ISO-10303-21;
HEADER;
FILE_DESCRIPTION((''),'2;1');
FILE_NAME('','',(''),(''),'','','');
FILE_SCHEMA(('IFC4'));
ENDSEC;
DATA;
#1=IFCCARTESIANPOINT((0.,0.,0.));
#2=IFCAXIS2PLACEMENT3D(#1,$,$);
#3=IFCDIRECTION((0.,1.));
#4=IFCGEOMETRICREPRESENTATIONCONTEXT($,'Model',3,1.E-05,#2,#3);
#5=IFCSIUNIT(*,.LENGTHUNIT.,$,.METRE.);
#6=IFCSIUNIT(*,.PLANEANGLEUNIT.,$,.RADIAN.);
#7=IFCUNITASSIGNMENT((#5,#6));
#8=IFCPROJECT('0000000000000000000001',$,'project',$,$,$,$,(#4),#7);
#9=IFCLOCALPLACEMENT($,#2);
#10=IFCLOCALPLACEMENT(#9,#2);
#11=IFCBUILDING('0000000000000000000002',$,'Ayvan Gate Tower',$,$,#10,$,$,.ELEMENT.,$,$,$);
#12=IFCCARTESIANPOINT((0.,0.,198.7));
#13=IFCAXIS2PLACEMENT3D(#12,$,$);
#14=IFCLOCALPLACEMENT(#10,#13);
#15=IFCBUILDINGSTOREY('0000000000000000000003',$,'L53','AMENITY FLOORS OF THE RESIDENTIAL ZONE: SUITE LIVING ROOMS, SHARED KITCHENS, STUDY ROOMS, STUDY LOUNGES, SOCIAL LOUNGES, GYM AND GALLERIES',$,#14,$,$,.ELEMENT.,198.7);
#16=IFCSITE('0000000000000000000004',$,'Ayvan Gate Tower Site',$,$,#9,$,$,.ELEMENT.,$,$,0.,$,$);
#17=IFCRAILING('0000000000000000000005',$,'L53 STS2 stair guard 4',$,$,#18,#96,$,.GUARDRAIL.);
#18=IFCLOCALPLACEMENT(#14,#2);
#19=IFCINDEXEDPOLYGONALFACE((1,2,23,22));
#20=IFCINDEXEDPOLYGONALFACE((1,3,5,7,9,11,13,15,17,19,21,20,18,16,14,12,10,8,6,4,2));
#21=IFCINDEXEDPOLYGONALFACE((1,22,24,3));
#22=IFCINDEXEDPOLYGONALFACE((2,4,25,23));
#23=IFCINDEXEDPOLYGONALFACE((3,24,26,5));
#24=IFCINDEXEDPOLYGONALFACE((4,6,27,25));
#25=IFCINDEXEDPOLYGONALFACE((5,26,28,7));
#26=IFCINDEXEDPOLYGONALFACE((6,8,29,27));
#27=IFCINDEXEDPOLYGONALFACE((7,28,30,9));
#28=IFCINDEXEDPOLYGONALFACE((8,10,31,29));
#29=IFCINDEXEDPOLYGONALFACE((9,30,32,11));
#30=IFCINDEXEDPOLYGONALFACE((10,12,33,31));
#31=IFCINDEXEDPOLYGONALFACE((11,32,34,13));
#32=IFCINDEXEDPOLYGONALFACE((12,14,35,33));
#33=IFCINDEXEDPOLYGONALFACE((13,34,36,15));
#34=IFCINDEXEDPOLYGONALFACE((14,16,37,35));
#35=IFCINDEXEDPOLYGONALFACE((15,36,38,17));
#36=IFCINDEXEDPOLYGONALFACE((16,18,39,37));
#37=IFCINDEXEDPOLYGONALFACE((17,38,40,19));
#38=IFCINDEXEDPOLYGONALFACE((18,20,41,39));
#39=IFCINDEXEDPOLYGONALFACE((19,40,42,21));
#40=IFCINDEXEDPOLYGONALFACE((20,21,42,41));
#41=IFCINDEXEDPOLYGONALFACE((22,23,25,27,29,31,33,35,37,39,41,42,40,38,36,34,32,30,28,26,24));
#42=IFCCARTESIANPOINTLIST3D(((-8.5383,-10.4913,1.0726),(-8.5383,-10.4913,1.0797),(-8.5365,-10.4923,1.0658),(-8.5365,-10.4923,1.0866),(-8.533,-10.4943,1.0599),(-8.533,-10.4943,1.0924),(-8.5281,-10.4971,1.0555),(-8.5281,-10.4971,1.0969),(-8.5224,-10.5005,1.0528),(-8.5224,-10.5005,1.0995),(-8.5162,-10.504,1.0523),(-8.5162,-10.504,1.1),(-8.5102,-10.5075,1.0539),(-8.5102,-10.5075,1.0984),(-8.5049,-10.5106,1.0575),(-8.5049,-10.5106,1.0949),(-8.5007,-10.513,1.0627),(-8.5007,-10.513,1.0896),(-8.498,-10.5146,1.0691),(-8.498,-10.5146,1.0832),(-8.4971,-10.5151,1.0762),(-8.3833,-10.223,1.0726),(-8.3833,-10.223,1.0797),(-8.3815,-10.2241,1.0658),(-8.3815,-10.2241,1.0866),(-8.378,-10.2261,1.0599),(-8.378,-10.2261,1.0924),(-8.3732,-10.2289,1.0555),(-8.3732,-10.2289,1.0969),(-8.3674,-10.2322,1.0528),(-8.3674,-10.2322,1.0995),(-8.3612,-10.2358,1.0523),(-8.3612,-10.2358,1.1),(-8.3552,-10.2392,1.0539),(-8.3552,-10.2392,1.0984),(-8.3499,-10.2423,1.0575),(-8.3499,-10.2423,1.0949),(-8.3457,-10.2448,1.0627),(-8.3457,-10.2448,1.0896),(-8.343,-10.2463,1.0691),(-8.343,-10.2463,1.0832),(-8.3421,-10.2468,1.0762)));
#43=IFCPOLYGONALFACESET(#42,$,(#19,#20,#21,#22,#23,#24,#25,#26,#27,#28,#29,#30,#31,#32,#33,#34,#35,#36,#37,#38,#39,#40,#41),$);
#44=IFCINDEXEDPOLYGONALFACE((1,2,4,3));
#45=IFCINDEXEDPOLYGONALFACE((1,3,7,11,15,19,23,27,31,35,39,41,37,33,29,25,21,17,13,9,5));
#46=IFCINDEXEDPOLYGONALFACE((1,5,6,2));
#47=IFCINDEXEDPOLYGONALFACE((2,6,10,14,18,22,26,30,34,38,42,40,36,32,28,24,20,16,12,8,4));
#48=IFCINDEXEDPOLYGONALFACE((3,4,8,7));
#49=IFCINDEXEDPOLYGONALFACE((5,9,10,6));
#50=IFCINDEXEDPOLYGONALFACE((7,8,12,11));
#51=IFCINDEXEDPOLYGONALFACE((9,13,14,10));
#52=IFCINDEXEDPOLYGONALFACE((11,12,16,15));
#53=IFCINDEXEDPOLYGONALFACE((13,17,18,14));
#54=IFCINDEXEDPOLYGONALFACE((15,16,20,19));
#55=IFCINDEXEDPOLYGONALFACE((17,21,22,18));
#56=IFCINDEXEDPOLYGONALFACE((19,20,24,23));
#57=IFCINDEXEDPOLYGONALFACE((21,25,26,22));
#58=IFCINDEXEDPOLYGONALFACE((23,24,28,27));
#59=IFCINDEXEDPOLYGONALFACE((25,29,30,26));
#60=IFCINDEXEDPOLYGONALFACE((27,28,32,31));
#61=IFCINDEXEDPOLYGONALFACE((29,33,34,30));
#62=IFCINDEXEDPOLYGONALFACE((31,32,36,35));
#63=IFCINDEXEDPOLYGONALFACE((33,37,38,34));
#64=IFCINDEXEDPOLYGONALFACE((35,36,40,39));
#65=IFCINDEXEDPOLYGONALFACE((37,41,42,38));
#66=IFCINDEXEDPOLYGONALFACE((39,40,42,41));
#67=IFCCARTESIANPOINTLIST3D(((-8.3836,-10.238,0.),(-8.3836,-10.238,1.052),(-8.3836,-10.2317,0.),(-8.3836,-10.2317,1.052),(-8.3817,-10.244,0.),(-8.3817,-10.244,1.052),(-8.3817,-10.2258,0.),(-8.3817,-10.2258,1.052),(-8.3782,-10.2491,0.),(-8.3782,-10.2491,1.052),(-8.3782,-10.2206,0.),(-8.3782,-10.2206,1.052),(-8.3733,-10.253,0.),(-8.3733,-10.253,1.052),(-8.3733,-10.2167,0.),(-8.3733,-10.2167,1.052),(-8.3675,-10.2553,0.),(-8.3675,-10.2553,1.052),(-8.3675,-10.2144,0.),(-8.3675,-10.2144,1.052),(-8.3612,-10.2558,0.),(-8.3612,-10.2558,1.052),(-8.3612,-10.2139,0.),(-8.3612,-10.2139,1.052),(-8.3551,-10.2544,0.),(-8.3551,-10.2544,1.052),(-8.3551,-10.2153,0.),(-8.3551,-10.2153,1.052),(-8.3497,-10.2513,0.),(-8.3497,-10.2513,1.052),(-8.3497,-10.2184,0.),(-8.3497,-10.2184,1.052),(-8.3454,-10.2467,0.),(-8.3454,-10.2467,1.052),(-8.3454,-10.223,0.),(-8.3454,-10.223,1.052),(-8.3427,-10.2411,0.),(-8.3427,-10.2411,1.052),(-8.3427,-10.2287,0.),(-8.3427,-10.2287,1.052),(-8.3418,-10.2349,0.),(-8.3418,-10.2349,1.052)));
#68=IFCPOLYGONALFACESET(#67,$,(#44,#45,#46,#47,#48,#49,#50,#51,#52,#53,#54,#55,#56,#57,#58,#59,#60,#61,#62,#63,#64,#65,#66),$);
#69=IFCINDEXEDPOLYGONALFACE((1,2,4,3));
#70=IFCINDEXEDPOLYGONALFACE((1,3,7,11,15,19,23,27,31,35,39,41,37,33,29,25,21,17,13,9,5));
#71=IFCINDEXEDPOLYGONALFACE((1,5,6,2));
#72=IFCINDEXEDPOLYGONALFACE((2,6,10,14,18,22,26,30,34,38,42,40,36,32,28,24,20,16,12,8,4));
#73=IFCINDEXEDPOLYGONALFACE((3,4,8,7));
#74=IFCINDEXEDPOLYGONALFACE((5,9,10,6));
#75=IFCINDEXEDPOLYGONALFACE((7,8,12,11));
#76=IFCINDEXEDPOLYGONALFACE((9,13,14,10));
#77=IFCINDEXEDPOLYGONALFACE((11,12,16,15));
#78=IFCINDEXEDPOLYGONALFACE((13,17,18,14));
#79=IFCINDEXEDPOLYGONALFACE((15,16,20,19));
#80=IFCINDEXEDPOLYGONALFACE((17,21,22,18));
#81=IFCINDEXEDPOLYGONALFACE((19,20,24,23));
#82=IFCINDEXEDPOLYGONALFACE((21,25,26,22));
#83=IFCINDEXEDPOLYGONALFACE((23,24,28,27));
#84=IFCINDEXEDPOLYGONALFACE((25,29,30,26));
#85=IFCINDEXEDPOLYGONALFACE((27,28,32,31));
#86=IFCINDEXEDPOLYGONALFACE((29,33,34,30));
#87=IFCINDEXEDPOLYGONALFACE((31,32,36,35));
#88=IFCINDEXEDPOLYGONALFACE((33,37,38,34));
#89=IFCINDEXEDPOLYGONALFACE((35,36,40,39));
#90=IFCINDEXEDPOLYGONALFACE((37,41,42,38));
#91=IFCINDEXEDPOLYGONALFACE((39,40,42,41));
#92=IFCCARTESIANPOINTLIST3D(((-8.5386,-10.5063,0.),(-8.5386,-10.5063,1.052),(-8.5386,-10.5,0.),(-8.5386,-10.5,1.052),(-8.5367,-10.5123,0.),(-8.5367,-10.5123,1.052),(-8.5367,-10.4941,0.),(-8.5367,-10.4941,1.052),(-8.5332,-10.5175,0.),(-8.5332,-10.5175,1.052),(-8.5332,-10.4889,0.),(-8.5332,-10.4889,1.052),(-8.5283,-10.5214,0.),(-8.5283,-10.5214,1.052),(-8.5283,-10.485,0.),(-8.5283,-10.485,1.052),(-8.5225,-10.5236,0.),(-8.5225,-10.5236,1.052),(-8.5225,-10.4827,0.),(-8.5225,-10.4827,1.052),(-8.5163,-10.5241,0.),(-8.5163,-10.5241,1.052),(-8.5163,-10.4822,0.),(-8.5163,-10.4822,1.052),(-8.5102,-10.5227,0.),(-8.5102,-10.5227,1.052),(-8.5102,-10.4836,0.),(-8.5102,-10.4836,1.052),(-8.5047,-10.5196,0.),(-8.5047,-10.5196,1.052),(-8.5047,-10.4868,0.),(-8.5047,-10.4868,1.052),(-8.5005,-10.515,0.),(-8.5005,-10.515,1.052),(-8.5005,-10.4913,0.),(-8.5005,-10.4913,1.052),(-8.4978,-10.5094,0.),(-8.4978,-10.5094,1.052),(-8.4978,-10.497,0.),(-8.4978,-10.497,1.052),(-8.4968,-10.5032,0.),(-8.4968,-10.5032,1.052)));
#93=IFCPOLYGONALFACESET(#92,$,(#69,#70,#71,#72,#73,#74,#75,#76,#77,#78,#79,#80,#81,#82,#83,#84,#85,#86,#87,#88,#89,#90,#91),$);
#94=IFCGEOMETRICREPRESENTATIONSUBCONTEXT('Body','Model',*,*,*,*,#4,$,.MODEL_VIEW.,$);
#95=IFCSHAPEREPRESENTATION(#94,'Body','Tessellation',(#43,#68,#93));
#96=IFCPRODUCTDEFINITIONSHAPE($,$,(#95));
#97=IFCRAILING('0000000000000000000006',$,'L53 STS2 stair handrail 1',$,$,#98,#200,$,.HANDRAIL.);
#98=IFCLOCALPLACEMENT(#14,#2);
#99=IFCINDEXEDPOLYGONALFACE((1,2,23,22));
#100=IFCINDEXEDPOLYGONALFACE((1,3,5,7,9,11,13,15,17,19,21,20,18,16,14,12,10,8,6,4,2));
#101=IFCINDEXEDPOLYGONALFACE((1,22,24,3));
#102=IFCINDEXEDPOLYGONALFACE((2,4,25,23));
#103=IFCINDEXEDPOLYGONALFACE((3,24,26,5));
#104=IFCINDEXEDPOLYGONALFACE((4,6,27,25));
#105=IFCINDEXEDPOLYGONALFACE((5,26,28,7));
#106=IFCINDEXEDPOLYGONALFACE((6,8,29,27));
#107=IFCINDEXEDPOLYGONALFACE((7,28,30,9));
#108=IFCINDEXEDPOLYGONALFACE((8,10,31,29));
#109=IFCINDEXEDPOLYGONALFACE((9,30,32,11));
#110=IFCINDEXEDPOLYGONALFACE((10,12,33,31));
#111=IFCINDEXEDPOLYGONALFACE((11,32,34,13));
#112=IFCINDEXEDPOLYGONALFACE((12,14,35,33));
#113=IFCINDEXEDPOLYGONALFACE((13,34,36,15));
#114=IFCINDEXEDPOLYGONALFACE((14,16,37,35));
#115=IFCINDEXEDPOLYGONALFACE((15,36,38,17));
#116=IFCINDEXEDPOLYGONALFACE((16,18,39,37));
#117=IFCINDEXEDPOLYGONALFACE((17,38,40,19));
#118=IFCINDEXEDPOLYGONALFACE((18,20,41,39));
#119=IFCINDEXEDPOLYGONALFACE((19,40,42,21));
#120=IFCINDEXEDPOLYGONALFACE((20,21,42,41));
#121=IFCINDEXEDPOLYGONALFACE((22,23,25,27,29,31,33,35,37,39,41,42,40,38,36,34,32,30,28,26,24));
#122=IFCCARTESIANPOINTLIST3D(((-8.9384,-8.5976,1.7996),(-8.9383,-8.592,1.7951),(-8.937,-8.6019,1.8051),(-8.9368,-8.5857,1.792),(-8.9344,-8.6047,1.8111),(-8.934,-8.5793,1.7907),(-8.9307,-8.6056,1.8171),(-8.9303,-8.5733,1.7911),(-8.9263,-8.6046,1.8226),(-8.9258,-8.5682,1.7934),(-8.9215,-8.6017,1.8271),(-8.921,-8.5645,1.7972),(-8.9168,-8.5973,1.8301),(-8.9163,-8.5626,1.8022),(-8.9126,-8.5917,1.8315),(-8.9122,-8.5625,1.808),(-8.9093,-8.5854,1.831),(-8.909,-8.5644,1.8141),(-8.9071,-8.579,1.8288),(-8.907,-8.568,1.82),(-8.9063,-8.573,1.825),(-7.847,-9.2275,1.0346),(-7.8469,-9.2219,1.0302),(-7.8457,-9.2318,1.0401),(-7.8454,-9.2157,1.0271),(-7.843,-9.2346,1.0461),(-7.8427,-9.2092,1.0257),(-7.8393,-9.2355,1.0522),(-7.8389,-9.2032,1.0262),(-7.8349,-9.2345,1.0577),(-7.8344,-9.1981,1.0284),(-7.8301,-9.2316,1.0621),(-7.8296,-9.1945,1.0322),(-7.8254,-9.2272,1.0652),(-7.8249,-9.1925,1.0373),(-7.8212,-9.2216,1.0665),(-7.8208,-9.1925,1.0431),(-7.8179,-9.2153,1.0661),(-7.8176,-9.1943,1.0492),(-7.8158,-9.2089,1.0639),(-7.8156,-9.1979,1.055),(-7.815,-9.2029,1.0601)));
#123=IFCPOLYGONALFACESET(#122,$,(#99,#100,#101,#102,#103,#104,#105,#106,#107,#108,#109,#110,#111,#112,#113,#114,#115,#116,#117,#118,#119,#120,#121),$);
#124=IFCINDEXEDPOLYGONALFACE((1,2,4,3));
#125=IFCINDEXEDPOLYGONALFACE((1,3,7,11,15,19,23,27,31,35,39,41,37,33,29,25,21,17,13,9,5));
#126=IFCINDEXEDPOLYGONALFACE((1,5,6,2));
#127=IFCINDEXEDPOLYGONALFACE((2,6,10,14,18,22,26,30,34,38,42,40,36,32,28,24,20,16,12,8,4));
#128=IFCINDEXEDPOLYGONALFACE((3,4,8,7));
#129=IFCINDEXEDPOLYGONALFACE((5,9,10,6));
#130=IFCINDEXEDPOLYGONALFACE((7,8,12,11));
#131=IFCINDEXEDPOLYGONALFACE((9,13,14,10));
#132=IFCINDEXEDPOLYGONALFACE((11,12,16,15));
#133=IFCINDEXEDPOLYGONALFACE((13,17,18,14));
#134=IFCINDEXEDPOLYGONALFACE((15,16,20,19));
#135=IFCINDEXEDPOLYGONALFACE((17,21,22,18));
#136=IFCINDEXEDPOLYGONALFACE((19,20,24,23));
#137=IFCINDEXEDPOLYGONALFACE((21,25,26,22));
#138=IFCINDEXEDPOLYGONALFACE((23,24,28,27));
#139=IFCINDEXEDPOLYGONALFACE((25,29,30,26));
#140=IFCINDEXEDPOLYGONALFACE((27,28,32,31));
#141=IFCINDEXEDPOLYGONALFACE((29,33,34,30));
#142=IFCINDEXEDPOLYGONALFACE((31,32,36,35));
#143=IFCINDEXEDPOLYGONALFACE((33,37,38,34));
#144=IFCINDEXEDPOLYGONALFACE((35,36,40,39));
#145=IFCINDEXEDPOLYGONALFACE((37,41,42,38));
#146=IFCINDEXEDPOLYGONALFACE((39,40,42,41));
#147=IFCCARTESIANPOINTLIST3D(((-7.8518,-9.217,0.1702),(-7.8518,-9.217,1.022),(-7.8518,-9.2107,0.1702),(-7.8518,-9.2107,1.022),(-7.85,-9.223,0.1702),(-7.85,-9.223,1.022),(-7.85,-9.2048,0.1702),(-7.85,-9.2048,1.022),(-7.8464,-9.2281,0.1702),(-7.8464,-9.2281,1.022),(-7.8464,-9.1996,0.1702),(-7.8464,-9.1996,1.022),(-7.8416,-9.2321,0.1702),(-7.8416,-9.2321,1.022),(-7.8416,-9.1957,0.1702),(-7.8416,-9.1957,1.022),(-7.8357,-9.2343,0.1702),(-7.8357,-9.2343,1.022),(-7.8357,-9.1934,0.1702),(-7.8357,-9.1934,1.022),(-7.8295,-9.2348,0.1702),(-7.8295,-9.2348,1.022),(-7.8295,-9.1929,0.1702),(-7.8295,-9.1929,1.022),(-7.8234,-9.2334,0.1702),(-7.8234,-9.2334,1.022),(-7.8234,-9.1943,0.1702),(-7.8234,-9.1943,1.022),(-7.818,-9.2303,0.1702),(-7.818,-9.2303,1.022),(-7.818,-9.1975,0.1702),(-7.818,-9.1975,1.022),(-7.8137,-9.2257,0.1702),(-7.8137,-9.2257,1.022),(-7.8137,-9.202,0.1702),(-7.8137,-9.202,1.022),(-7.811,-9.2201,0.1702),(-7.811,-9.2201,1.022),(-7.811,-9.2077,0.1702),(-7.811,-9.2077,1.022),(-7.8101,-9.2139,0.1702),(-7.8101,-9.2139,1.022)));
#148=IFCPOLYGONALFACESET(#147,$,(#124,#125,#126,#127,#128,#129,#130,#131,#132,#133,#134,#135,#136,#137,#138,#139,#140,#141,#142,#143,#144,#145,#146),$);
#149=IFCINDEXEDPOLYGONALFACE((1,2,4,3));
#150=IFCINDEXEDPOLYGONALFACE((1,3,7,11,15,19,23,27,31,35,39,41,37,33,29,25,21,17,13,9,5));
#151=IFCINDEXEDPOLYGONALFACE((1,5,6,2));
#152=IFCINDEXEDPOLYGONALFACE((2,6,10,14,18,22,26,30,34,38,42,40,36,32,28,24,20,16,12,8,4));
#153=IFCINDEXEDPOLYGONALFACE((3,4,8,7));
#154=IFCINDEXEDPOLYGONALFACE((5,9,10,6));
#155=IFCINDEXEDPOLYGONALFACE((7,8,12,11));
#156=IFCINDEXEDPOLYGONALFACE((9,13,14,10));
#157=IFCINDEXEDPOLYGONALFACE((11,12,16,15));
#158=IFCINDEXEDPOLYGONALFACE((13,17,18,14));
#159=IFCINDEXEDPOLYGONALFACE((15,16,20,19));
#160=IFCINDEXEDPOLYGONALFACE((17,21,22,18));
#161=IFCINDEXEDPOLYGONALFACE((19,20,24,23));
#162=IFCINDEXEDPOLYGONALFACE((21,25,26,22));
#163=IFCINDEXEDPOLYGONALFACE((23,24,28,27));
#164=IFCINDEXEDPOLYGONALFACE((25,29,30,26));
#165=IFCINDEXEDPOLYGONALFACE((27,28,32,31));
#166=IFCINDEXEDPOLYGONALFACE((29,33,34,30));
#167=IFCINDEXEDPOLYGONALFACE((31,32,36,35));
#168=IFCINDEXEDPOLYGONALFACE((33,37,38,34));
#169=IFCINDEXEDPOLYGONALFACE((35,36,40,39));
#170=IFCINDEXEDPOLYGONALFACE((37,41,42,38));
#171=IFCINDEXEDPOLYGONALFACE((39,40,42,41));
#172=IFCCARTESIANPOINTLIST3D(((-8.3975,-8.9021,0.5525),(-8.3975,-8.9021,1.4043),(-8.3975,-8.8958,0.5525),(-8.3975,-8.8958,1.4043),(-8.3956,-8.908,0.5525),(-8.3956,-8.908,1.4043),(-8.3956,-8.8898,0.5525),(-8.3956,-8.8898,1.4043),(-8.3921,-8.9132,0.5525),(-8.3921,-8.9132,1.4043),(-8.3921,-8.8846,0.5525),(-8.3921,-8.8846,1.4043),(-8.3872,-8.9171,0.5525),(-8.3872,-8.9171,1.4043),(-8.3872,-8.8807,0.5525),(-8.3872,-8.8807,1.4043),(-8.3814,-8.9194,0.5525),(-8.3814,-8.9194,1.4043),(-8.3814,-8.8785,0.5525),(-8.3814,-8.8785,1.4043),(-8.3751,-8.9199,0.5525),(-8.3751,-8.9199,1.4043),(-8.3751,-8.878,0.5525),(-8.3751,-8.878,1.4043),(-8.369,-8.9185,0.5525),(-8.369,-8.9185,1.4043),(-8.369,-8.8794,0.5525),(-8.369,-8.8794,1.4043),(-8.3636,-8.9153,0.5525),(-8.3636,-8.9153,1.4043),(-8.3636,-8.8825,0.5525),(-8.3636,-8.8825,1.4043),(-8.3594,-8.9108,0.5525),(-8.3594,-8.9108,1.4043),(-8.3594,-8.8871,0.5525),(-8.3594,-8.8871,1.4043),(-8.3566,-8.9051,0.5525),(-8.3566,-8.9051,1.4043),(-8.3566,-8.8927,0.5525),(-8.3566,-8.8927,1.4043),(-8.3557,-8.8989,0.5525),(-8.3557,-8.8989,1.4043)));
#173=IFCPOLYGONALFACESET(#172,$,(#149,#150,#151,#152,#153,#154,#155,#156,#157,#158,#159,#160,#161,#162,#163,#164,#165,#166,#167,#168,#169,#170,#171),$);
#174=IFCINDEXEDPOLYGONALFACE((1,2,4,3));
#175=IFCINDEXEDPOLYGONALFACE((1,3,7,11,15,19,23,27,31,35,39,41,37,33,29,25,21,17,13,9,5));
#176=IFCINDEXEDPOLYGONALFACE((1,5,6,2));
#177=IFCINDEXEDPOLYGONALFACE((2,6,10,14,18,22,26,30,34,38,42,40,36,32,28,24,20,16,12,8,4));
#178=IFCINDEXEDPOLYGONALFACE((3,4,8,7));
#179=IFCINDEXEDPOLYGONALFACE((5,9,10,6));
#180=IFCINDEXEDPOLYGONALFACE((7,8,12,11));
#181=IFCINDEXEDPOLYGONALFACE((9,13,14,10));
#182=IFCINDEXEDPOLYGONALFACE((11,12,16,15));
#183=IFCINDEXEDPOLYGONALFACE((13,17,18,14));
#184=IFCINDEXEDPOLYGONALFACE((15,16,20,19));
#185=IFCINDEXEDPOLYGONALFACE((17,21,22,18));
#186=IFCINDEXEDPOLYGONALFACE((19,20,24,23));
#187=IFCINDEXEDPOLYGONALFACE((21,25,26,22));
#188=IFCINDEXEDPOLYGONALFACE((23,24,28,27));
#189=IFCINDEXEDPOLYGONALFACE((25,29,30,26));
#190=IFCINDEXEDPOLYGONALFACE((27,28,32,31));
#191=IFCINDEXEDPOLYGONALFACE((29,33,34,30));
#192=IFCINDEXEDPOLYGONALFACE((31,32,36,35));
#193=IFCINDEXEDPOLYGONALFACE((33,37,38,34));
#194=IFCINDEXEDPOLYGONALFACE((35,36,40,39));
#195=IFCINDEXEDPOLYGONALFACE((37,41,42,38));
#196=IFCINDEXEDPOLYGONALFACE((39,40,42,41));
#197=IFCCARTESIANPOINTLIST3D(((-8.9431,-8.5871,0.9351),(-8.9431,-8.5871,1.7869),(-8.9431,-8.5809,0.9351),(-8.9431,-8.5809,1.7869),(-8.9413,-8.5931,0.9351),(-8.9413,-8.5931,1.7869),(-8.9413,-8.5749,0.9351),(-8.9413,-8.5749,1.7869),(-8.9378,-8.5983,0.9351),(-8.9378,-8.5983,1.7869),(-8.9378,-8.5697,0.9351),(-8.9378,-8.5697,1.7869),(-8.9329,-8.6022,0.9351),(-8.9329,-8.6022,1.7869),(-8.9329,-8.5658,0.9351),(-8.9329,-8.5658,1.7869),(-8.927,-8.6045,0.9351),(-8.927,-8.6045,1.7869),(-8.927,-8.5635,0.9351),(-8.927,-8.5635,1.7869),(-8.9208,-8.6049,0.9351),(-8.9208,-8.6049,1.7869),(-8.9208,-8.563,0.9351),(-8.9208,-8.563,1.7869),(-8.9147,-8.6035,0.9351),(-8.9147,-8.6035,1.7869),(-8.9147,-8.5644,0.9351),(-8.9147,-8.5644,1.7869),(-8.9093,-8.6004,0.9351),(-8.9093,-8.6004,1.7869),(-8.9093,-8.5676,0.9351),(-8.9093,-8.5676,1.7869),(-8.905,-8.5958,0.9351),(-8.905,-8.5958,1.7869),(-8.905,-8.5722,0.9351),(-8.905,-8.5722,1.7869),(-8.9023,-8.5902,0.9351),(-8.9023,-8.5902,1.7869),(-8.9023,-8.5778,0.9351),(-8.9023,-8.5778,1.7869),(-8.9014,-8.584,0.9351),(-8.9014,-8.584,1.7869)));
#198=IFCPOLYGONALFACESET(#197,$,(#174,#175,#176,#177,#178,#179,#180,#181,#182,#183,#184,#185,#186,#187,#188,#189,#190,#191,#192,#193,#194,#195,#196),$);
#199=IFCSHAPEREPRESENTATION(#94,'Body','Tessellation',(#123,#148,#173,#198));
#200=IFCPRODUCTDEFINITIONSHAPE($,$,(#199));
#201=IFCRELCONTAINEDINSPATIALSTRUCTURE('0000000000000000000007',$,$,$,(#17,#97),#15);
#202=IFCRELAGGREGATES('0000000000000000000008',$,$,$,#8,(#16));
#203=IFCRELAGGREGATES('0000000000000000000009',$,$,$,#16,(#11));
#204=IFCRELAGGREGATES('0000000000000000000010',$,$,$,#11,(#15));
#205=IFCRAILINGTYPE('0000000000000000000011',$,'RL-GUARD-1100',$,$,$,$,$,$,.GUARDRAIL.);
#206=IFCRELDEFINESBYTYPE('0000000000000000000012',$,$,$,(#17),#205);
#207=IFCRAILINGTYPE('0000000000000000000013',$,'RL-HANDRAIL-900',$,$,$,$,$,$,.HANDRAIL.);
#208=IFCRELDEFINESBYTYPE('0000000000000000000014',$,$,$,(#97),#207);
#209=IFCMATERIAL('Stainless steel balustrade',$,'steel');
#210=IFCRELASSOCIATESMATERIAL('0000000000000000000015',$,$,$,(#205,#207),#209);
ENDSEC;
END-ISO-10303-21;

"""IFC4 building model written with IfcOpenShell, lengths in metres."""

from ifc_helpers import new_model, si_unit, direction, frame, origin, origin_2d, place, context, subcontext, project, spatial, circle, extrude, material, type_object, element, save


model = new_model("IFC4")

# Units and contexts
model_context = context("Model", 3, precision=1e-05, world=origin(), true_north=direction((0.0, 1.0)))
body_context = subcontext(model_context, "Body", "Model", "MODEL_VIEW")
ifc_project = project(units=[si_unit("LENGTHUNIT", "METRE"), si_unit("PLANEANGLEUNIT", "RADIAN")], contexts=[model_context])

# Site, building, storey
site_placement = place(None, origin())
site = spatial("IfcSite", under=ifc_project, at=site_placement, Name="Ayvan Gate Tower Site", CompositionType="ELEMENT", RefElevation=0.0)
building_placement = place(site_placement, origin())
building = spatial("IfcBuilding", under=site, at=building_placement, Name="Ayvan Gate Tower", CompositionType="ELEMENT")
storey_placement = place(building_placement, frame((0.0, 0.0, 198.7)))
storey = spatial("IfcBuildingStorey", under=building, at=storey_placement, Name="L53", Description="AMENITY FLOORS OF THE RESIDENTIAL ZONE: SUITE LIVING ROOMS, SHARED KITCHENS, STUDY ROOMS, STUDY LOUNGES, SOCIAL LOUNGES, GYM AND GALLERIES", CompositionType="ELEMENT", Elevation=198.7)

# Railings
ifc_material_1 = material(Name="Stainless steel balustrade", Category="steel")
railing_type_1 = type_object("IfcRailingType", Name="RL-GUARD-1100", PredefinedType="GUARDRAIL", material=ifc_material_1)
railing_1_placement = place(storey_placement, frame((-8.3628, -10.2349, 0.0)))
element("IfcRailing", 1, at=railing_1_placement, inside=storey, type_object=railing_type_1, Name="L53 STS2 stair guard 4", PredefinedType="GUARDRAIL", context=body_context, shape_type="SweptSolid", body=[
    extrude(circle(Radius=0.0239, at=origin_2d()), frame((0.0, 0.0, 1.0762), z_axis=(-0.500291, -0.865857, 0.0), x_axis=(0.865857, -0.500291, 0.0)), (0.0, 0.0, 1.0), 0.3098),
    extrude(circle(Radius=0.021, at=origin_2d()), origin(), (0.0, 0.0, 1.0), 1.052),
    extrude(circle(Radius=0.021, at=origin_2d()), frame((-0.155, -0.2683, 0.0)), (0.0, 0.0, 1.0), 1.052),
])
railing_type_2 = type_object("IfcRailingType", Name="RL-HANDRAIL-900", PredefinedType="HANDRAIL", material=ifc_material_1)
railing_2_placement = place(storey_placement, frame((-7.8311, -9.2139, 0.1702)))
element("IfcRailing", 2, at=railing_2_placement, inside=storey, type_object=railing_type_2, Name="L53 STS2 stair handrail 1", PredefinedType="HANDRAIL", context=body_context, shape_type="SweptSolid", body=[
    extrude(circle(Radius=0.0239, at=origin_2d()), frame((0.0, 0.0, 0.876), z_axis=(-0.740357, 0.42732, 0.518912), x_axis=(-0.49989, -0.866089, 0.0)), (0.0, 0.0, 1.0), 1.4741),
    extrude(circle(Radius=0.021, at=origin_2d()), origin(), (0.0, 0.0, 1.0), 0.8518),
    extrude(circle(Radius=0.021, at=origin_2d()), frame((-0.5457, 0.3149, 0.3823)), (0.0, 0.0, 1.0), 0.8518),
    extrude(circle(Radius=0.021, at=origin_2d()), frame((-1.0913, 0.6299, 0.7649)), (0.0, 0.0, 1.0), 0.8518),
])

save(model, "model.ifc")
